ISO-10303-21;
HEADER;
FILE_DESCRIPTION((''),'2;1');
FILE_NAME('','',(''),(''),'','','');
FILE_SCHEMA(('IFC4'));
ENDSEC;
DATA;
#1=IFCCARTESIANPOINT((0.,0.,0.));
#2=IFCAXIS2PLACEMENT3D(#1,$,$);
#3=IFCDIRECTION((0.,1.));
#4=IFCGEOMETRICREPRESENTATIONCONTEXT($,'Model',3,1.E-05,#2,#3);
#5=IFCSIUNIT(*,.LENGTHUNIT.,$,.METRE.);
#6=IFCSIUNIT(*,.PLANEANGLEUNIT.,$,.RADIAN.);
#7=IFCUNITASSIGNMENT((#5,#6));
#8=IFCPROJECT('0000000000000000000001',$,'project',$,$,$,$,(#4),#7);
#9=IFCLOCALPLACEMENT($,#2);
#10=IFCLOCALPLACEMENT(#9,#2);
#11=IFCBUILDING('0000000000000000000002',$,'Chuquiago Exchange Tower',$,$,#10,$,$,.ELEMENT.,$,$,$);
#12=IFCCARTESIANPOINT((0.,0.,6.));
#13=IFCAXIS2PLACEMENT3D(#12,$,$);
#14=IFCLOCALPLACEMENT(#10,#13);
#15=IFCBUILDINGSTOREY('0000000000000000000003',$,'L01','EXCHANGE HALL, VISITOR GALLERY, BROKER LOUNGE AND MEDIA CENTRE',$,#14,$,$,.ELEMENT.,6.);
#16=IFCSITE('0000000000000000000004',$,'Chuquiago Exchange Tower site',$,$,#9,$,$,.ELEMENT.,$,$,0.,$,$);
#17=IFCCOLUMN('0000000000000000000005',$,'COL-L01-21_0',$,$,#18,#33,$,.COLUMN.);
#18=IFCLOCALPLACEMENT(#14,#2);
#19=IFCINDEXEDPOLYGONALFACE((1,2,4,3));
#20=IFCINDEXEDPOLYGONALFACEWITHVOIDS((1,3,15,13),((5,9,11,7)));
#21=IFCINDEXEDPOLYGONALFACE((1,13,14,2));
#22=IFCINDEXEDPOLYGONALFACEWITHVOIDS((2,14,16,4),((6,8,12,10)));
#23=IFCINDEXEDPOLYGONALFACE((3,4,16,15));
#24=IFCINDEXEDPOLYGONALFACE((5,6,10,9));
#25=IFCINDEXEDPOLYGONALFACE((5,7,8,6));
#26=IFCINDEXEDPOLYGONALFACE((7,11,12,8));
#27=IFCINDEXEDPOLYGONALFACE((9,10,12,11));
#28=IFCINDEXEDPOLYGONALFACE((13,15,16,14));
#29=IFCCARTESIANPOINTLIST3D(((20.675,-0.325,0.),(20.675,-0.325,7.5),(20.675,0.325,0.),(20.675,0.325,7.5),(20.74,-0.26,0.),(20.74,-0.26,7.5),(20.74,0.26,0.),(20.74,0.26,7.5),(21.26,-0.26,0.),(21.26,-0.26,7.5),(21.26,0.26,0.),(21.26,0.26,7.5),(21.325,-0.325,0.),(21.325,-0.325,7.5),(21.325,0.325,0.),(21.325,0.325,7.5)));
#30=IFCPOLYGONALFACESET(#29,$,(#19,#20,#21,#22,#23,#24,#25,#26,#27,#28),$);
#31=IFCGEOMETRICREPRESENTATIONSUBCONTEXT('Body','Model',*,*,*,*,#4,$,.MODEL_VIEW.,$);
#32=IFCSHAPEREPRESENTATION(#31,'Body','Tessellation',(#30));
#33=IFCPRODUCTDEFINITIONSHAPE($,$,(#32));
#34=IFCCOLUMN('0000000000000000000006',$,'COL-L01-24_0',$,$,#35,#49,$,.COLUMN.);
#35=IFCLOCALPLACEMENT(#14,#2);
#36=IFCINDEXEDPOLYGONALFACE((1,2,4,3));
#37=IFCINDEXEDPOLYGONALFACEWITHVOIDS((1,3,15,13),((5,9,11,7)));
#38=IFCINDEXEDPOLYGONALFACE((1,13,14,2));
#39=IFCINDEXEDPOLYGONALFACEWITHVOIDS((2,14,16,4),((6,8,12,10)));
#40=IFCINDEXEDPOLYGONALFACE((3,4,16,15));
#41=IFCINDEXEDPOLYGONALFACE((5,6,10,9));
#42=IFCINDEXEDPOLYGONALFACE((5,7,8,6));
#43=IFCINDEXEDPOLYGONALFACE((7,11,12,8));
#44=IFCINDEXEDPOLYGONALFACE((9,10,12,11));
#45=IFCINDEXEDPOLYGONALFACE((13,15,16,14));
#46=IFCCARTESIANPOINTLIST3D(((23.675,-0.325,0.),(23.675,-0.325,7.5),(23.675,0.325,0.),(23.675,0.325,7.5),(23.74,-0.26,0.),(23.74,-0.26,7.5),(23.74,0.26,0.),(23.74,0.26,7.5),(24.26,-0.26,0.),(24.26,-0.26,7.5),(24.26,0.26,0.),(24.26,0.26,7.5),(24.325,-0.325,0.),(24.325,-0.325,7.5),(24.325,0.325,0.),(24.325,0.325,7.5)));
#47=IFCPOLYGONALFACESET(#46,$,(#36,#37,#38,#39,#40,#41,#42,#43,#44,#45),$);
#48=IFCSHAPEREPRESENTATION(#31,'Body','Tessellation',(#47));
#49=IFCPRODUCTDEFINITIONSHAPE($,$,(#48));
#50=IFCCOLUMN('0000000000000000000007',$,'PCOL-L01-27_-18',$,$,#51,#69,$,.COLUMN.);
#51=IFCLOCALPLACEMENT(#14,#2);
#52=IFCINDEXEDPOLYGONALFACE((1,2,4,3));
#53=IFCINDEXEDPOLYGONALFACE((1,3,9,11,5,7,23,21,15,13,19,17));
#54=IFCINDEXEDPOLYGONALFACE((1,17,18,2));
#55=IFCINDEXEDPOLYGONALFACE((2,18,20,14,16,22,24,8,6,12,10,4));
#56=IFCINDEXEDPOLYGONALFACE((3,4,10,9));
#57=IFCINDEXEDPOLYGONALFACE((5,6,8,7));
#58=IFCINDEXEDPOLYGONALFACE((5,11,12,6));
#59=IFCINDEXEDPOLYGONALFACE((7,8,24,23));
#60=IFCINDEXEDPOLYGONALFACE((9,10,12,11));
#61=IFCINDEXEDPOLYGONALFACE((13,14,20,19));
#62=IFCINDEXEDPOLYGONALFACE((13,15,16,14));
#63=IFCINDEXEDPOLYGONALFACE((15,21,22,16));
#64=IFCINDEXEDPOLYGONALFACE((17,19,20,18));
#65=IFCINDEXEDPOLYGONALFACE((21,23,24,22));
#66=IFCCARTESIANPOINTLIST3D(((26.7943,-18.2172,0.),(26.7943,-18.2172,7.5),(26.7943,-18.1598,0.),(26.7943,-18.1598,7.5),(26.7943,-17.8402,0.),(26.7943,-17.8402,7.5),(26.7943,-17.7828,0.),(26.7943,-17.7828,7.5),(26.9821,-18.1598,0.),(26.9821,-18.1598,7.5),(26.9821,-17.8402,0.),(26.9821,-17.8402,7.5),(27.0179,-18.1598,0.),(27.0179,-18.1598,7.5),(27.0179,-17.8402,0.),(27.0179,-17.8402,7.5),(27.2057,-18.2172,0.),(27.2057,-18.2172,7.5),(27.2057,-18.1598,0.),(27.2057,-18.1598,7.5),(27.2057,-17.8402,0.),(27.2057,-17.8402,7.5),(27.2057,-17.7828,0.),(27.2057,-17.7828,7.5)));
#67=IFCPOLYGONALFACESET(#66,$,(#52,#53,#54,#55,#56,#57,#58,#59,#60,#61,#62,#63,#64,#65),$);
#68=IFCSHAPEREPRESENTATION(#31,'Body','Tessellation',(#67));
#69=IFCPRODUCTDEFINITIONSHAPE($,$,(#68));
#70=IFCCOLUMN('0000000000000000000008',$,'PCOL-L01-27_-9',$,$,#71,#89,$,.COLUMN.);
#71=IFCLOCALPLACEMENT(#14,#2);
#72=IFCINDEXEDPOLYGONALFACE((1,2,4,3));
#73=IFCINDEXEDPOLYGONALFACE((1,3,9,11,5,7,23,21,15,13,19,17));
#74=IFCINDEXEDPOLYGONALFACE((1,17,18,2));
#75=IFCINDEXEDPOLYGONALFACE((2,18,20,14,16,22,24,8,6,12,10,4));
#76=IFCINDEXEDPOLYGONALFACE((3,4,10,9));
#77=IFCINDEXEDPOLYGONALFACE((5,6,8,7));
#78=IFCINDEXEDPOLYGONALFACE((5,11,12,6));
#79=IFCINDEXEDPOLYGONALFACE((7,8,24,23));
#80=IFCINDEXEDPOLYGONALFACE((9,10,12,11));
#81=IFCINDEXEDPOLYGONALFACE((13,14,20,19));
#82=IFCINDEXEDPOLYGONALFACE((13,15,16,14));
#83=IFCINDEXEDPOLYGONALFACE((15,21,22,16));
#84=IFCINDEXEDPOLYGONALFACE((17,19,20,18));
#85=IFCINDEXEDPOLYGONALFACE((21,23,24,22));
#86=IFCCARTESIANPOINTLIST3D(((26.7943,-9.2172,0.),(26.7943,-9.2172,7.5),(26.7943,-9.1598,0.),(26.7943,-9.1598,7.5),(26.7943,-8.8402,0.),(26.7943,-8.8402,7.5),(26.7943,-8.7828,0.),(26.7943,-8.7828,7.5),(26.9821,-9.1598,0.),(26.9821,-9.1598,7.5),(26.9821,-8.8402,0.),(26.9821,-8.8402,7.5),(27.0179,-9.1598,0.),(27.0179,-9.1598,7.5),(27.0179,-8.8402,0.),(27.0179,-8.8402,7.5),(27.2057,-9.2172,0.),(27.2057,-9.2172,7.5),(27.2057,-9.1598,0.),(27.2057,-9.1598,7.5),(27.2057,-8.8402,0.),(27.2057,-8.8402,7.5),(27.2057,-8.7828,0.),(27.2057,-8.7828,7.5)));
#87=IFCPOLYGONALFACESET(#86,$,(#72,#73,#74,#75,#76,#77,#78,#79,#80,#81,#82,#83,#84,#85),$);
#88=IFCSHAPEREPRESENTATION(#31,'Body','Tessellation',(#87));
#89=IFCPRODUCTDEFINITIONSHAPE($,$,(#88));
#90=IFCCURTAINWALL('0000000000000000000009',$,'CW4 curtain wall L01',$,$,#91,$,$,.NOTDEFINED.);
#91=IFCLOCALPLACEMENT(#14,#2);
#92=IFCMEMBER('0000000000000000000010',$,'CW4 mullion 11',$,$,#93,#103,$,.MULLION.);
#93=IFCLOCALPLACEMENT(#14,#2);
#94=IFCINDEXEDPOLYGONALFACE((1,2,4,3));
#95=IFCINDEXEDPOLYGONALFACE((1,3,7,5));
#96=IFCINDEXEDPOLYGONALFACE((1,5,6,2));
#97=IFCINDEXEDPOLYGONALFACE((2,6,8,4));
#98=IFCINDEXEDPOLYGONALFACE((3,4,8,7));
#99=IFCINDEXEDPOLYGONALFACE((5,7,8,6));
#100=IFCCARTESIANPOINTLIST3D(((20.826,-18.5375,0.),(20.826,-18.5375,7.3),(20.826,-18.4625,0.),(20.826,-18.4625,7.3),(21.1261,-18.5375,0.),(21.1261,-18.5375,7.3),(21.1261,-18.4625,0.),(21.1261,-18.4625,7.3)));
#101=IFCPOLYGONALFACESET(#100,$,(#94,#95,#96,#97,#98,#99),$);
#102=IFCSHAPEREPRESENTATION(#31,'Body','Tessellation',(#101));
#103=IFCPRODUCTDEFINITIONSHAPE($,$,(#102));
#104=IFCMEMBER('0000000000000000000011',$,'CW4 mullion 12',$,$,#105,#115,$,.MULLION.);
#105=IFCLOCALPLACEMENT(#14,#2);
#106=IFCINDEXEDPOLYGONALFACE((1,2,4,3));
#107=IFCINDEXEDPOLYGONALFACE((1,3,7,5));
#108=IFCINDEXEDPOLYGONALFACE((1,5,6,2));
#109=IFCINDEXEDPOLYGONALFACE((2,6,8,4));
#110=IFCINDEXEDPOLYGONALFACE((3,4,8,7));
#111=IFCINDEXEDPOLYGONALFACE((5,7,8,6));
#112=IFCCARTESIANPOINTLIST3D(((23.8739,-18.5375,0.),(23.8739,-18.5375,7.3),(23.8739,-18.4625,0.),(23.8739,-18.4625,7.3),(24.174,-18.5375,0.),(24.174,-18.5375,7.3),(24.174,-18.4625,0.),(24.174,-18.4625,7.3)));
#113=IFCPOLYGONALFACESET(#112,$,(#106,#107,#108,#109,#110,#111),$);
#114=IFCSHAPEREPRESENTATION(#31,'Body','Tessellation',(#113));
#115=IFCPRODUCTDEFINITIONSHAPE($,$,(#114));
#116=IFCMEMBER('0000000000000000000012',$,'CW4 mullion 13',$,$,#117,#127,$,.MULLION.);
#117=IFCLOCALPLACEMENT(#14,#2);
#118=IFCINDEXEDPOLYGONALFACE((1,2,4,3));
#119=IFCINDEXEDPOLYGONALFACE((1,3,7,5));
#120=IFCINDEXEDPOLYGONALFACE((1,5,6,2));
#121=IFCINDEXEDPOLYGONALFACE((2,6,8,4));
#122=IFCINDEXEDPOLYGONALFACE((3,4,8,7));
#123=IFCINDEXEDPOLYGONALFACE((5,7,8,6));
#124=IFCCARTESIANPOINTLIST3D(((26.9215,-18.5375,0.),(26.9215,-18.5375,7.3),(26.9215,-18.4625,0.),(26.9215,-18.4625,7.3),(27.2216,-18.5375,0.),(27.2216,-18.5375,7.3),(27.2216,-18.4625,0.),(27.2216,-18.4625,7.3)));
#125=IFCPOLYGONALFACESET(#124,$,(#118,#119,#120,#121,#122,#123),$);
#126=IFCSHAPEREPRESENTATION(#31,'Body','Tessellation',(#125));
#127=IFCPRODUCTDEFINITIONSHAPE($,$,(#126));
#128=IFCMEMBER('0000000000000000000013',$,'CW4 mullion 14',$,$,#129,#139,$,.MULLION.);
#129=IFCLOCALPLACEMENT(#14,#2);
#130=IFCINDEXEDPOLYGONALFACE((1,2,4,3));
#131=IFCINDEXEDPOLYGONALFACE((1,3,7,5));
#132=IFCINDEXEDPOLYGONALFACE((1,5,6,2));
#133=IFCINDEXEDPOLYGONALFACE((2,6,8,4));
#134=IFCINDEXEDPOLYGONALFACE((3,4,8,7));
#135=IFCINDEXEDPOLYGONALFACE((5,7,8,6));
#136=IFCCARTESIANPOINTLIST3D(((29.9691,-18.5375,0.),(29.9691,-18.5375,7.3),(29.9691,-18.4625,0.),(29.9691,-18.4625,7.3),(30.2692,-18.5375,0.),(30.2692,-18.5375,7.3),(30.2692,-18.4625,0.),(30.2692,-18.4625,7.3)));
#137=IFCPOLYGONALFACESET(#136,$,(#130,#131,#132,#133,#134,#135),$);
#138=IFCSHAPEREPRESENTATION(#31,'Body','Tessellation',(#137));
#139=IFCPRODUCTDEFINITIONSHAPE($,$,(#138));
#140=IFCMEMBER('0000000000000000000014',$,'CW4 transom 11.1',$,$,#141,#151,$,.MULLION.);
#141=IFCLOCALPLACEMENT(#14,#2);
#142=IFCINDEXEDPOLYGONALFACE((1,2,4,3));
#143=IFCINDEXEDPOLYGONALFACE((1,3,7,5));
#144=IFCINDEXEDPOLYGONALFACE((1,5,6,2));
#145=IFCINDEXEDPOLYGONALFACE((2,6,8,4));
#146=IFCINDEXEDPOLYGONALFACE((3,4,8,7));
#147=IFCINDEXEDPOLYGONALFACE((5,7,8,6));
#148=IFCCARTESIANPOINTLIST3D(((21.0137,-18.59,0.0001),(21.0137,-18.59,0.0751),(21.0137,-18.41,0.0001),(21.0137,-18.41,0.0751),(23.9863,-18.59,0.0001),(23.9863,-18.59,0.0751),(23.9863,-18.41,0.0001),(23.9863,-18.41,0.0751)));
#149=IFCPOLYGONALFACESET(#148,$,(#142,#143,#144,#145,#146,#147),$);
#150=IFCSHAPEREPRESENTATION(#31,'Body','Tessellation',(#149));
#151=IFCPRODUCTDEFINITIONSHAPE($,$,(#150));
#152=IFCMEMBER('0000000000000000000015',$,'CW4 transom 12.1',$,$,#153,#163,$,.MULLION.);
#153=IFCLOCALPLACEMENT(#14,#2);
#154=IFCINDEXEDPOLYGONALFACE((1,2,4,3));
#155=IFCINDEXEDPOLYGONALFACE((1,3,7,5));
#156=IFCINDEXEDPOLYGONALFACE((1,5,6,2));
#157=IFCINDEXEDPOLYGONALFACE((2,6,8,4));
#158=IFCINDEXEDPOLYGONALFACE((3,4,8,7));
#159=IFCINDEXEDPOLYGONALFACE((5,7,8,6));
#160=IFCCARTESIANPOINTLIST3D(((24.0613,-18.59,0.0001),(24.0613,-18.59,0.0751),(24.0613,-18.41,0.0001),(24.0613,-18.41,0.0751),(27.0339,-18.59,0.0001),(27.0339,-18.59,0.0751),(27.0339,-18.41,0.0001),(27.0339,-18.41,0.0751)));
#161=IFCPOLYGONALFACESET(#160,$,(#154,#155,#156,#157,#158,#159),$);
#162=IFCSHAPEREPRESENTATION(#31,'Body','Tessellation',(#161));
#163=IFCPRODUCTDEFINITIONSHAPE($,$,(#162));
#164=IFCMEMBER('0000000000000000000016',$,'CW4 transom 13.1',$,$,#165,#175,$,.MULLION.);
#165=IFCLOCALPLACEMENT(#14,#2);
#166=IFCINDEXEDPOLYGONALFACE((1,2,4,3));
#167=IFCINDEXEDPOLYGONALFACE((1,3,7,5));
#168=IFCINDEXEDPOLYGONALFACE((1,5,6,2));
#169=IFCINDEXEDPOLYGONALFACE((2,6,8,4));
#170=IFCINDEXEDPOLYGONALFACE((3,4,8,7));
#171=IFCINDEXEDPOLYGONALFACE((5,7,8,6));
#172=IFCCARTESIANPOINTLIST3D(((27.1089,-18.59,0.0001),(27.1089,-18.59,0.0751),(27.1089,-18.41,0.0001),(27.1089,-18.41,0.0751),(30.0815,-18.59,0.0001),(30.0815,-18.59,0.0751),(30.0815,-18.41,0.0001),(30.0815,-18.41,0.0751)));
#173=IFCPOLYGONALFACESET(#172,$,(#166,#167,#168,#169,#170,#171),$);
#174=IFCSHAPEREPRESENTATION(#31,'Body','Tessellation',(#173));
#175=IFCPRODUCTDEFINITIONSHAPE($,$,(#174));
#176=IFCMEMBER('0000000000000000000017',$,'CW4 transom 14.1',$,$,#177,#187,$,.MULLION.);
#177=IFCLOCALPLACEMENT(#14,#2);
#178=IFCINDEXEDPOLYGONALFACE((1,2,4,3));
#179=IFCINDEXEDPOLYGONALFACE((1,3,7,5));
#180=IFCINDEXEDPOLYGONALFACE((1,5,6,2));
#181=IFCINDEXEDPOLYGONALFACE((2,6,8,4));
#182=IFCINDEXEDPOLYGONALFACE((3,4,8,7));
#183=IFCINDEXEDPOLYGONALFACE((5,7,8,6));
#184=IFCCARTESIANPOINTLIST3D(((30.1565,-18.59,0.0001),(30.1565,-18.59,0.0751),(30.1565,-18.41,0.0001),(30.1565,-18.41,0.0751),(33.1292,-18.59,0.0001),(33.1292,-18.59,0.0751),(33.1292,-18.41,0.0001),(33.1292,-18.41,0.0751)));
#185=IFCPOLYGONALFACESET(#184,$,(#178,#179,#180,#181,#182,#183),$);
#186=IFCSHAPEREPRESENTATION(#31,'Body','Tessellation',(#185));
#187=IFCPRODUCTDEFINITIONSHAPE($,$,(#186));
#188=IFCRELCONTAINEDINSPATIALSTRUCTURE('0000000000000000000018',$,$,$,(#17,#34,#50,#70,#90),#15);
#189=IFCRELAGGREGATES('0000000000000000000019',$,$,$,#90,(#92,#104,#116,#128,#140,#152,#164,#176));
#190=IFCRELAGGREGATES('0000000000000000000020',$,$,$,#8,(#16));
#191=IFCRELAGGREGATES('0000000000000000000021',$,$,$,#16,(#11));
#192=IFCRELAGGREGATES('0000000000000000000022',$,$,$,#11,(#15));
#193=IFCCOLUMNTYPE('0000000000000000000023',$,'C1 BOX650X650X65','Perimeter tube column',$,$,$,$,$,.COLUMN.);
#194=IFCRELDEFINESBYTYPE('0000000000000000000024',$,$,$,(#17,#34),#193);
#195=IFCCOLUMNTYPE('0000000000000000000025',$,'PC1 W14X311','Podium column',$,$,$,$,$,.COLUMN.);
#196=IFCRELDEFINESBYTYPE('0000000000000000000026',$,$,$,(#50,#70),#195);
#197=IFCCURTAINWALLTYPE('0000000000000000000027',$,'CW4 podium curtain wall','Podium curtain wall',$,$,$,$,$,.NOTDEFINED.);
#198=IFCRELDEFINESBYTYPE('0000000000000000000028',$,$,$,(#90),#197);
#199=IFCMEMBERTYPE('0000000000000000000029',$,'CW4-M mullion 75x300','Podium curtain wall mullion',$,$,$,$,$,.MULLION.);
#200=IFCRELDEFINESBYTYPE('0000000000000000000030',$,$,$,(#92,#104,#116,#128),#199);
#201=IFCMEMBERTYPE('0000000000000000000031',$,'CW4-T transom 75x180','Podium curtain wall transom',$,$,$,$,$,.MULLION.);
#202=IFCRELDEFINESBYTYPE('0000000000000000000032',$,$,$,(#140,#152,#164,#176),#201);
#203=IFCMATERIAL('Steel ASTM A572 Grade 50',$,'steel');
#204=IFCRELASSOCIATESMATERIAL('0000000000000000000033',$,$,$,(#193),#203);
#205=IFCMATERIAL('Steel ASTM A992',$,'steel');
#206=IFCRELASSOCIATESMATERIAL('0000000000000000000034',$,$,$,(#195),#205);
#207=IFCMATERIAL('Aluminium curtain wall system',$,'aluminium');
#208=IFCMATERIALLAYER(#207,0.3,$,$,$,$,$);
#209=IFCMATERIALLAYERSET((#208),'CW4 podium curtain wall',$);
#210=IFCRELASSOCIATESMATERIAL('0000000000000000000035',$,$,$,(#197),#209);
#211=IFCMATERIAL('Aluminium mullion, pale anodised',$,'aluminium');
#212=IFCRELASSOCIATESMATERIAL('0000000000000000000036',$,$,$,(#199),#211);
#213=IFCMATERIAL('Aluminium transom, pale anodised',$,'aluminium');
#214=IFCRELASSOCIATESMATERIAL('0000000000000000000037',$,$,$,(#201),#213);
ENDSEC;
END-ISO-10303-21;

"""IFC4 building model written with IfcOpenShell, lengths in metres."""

from ifc_helpers import new_model, si_unit, direction, frame, origin, origin_2d, place, context, subcontext, project, spatial, rectangle, hollow_rectangle, i_section, extrude, material, layer, layer_set, material_profile, profile_set, type_object, element, aggregate, save


model = new_model("IFC4")

# Units and contexts
model_context = context("Model", 3, precision=1e-05, world=origin(), true_north=direction((0.0, 1.0)))
body_context = subcontext(model_context, "Body", "Model", "MODEL_VIEW")
ifc_project = project(units=[si_unit("LENGTHUNIT", "METRE"), si_unit("PLANEANGLEUNIT", "RADIAN")], contexts=[model_context])

# Site, building, storey
site_placement = place(None, origin())
site = spatial("IfcSite", under=ifc_project, at=site_placement, Name="Chuquiago Exchange Tower site", CompositionType="ELEMENT", RefElevation=0.0)
building_placement = place(site_placement, origin())
building = spatial("IfcBuilding", under=site, at=building_placement, Name="Chuquiago Exchange Tower", CompositionType="ELEMENT")
storey_placement = place(building_placement, frame((0.0, 0.0, 6.0)))
storey = spatial("IfcBuildingStorey", under=building, at=storey_placement, Name="L01", Description="EXCHANGE HALL, VISITOR GALLERY, BROKER LOUNGE AND MEDIA CENTRE", CompositionType="ELEMENT", Elevation=6.0)

# Columns
ifc_material_1 = material(Name="Steel ASTM A572 Grade 50", Category="steel")
ifc_material_profile_1 = material_profile(ifc_material_1, hollow_rectangle(XDim=0.6499, YDim=0.6499, WallThickness=0.0649, at=origin_2d()), Name="BOX650X650X65")
ifc_profile_set_1 = profile_set([ifc_material_profile_1], Name="Steel ASTM A572 Grade 50")
column_type_1 = type_object("IfcColumnType", Name="C1 BOX650X650X65", Description="Perimeter tube column", PredefinedType="COLUMN", material=ifc_profile_set_1)
for number, where, z_axis, x_axis, name in (
    (1, (21.0, 0.0, 0.0), (0.0, 0.0, 1.0), (0.0, -1.0, 0.0), "COL-L01-21_0"),
    (2, (24.0, 0.0, 0.0), (0.0, 0.0, 1.0), (0.0, -1.0, 0.0), "COL-L01-24_0"),
):
    element("IfcColumn", number, at=place(storey_placement, frame(where, z_axis=z_axis, x_axis=x_axis)), inside=storey, type_object=column_type_1, Name=name, PredefinedType="COLUMN", context=body_context, shape_type="SweptSolid", body=[
        extrude(hollow_rectangle(XDim=0.6499, YDim=0.6499, WallThickness=0.0649, at=origin_2d()), origin(), (0.0, 0.0, 1.0), 7.5),
    ])
ifc_material_2 = material(Name="Steel ASTM A992", Category="steel")
ifc_material_profile_2 = material_profile(ifc_material_2, i_section(OverallWidth=0.4114, OverallDepth=0.4343, WebThickness=0.0359, FlangeThickness=0.0574, at=origin_2d()), Name="W14X311")
ifc_profile_set_2 = profile_set([ifc_material_profile_2], Name="Steel ASTM A992")
column_type_2 = type_object("IfcColumnType", Name="PC1 W14X311", Description="Podium column", PredefinedType="COLUMN", material=ifc_profile_set_2)
for number, where, z_axis, x_axis, name in (
    (3, (27.0, -18.0, 0.0), (0.0, 0.0, 1.0), (1.0, 0.0, 0.0), "PCOL-L01-27_-18"),
    (4, (27.0, -9.0, 0.0), (0.0, 0.0, 1.0), (1.0, 0.0, 0.0), "PCOL-L01-27_-9"),
):
    element("IfcColumn", number, at=place(storey_placement, frame(where, z_axis=z_axis, x_axis=x_axis)), inside=storey, type_object=column_type_2, Name=name, PredefinedType="COLUMN", context=body_context, shape_type="SweptSolid", body=[
        extrude(i_section(OverallWidth=0.4114, OverallDepth=0.4343, WebThickness=0.0359, FlangeThickness=0.0574, at=origin_2d()), origin(), (0.0, 0.0, 1.0), 7.5),
    ])

# Curtain wall, members
ifc_material_3 = material(Name="Aluminium curtain wall system", Category="aluminium")
ifc_layer_1 = layer(ifc_material_3, 0.3)
ifc_layer_set_1 = layer_set([ifc_layer_1], Name="CW4 podium curtain wall")
curtain_wall_type = type_object("IfcCurtainWallType", Name="CW4 podium curtain wall", Description="Podium curtain wall", PredefinedType="NOTDEFINED", material=ifc_layer_set_1)
curtain_wall_placement = place(storey_placement, origin())
curtain_wall = element("IfcCurtainWall", 5, at=curtain_wall_placement, inside=storey, type_object=curtain_wall_type, Name="CW4 curtain wall L01", PredefinedType="NOTDEFINED")
ifc_material_4 = material(Name="Aluminium mullion, pale anodised", Category="aluminium")
ifc_material_profile_3 = material_profile(ifc_material_4, rectangle(XDim=0.075, YDim=0.3, at=origin_2d()), Name="AL 75x300")
ifc_profile_set_3 = profile_set([ifc_material_profile_3], Name="Aluminium mullion, pale anodised")
member_type_1 = type_object("IfcMemberType", Name="CW4-M mullion 75x300", Description="Podium curtain wall mullion", PredefinedType="MULLION", material=ifc_profile_set_3)
member_1_placement = place(storey_placement, frame((20.9761, -18.5, 0.0), z_axis=(0.0, 0.0, 1.0), x_axis=(0.0, 1.0, 0.0)))
member_1 = element("IfcMember", 6, at=member_1_placement, type_object=member_type_1, Name="CW4 mullion 11", PredefinedType="MULLION", context=body_context, shape_type="SweptSolid", body=[
    extrude(rectangle(XDim=0.075, YDim=0.3, at=origin_2d()), origin(), (0.0, 0.0, 1.0), 7.3),
])
member_2_placement = place(storey_placement, frame((24.0239, -18.5, 0.0), z_axis=(0.0, 0.0, 1.0), x_axis=(0.0, 1.0, 0.0)))
member_2 = element("IfcMember", 7, at=member_2_placement, type_object=member_type_1, Name="CW4 mullion 12", PredefinedType="MULLION", context=body_context, shape_type="SweptSolid", body=[
    extrude(rectangle(XDim=0.075, YDim=0.3, at=origin_2d()), origin(), (0.0, 0.0, 1.0), 7.3),
])
member_3_placement = place(storey_placement, frame((27.0715, -18.5, 0.0), z_axis=(0.0, 0.0, 1.0), x_axis=(0.0, 1.0, 0.0)))
member_3 = element("IfcMember", 8, at=member_3_placement, type_object=member_type_1, Name="CW4 mullion 13", PredefinedType="MULLION", context=body_context, shape_type="SweptSolid", body=[
    extrude(rectangle(XDim=0.075, YDim=0.3, at=origin_2d()), origin(), (0.0, 0.0, 1.0), 7.3),
])
member_4_placement = place(storey_placement, frame((30.1191, -18.5, 0.0), z_axis=(0.0, 0.0, 1.0), x_axis=(0.0, 1.0, 0.0)))
member_4 = element("IfcMember", 9, at=member_4_placement, type_object=member_type_1, Name="CW4 mullion 14", PredefinedType="MULLION", context=body_context, shape_type="SweptSolid", body=[
    extrude(rectangle(XDim=0.075, YDim=0.3, at=origin_2d()), origin(), (0.0, 0.0, 1.0), 7.3),
])
ifc_material_5 = material(Name="Aluminium transom, pale anodised", Category="aluminium")
ifc_material_profile_4 = material_profile(ifc_material_5, rectangle(XDim=0.1799, YDim=0.075, at=origin_2d()), Name="AL 180x75")
ifc_profile_set_4 = profile_set([ifc_material_profile_4], Name="Aluminium transom, pale anodised")
member_type_2 = type_object("IfcMemberType", Name="CW4-T transom 75x180", Description="Podium curtain wall transom", PredefinedType="MULLION", material=ifc_profile_set_4)
member_5_placement = place(storey_placement, frame((21.0137, -18.5, 0.0376), z_axis=(1.0, 0.0, 0.0), x_axis=(0.0, 1.0, 0.0)))
member_5 = element("IfcMember", 10, at=member_5_placement, type_object=member_type_2, Name="CW4 transom 11.1", PredefinedType="MULLION", context=body_context, shape_type="SweptSolid", body=[
    extrude(rectangle(XDim=0.1799, YDim=0.075, at=origin_2d()), origin(), (0.0, 0.0, 1.0), 2.9727),
])
member_6_placement = place(storey_placement, frame((24.0613, -18.5, 0.0376), z_axis=(1.0, 0.0, 0.0), x_axis=(0.0, 1.0, 0.0)))
member_6 = element("IfcMember", 11, at=member_6_placement, type_object=member_type_2, Name="CW4 transom 12.1", PredefinedType="MULLION", context=body_context, shape_type="SweptSolid", body=[
    extrude(rectangle(XDim=0.1799, YDim=0.075, at=origin_2d()), origin(), (0.0, 0.0, 1.0), 2.9727),
])
member_7_placement = place(storey_placement, frame((27.1089, -18.5, 0.0376), z_axis=(1.0, 0.0, 0.0), x_axis=(0.0, 1.0, 0.0)))
member_7 = element("IfcMember", 12, at=member_7_placement, type_object=member_type_2, Name="CW4 transom 13.1", PredefinedType="MULLION", context=body_context, shape_type="SweptSolid", body=[
    extrude(rectangle(XDim=0.1799, YDim=0.075, at=origin_2d()), origin(), (0.0, 0.0, 1.0), 2.9727),
])
member_8_placement = place(storey_placement, frame((30.1565, -18.5, 0.0376), z_axis=(1.0, 0.0, 0.0), x_axis=(0.0, 1.0, 0.0)))
member_8 = element("IfcMember", 13, at=member_8_placement, type_object=member_type_2, Name="CW4 transom 14.1", PredefinedType="MULLION", context=body_context, shape_type="SweptSolid", body=[
    extrude(rectangle(XDim=0.1799, YDim=0.075, at=origin_2d()), origin(), (0.0, 0.0, 1.0), 2.9727),
])

aggregate(curtain_wall, [member_1, member_2, member_3, member_4, member_5, member_6, member_7, member_8])

save(model, "model.ifc")
